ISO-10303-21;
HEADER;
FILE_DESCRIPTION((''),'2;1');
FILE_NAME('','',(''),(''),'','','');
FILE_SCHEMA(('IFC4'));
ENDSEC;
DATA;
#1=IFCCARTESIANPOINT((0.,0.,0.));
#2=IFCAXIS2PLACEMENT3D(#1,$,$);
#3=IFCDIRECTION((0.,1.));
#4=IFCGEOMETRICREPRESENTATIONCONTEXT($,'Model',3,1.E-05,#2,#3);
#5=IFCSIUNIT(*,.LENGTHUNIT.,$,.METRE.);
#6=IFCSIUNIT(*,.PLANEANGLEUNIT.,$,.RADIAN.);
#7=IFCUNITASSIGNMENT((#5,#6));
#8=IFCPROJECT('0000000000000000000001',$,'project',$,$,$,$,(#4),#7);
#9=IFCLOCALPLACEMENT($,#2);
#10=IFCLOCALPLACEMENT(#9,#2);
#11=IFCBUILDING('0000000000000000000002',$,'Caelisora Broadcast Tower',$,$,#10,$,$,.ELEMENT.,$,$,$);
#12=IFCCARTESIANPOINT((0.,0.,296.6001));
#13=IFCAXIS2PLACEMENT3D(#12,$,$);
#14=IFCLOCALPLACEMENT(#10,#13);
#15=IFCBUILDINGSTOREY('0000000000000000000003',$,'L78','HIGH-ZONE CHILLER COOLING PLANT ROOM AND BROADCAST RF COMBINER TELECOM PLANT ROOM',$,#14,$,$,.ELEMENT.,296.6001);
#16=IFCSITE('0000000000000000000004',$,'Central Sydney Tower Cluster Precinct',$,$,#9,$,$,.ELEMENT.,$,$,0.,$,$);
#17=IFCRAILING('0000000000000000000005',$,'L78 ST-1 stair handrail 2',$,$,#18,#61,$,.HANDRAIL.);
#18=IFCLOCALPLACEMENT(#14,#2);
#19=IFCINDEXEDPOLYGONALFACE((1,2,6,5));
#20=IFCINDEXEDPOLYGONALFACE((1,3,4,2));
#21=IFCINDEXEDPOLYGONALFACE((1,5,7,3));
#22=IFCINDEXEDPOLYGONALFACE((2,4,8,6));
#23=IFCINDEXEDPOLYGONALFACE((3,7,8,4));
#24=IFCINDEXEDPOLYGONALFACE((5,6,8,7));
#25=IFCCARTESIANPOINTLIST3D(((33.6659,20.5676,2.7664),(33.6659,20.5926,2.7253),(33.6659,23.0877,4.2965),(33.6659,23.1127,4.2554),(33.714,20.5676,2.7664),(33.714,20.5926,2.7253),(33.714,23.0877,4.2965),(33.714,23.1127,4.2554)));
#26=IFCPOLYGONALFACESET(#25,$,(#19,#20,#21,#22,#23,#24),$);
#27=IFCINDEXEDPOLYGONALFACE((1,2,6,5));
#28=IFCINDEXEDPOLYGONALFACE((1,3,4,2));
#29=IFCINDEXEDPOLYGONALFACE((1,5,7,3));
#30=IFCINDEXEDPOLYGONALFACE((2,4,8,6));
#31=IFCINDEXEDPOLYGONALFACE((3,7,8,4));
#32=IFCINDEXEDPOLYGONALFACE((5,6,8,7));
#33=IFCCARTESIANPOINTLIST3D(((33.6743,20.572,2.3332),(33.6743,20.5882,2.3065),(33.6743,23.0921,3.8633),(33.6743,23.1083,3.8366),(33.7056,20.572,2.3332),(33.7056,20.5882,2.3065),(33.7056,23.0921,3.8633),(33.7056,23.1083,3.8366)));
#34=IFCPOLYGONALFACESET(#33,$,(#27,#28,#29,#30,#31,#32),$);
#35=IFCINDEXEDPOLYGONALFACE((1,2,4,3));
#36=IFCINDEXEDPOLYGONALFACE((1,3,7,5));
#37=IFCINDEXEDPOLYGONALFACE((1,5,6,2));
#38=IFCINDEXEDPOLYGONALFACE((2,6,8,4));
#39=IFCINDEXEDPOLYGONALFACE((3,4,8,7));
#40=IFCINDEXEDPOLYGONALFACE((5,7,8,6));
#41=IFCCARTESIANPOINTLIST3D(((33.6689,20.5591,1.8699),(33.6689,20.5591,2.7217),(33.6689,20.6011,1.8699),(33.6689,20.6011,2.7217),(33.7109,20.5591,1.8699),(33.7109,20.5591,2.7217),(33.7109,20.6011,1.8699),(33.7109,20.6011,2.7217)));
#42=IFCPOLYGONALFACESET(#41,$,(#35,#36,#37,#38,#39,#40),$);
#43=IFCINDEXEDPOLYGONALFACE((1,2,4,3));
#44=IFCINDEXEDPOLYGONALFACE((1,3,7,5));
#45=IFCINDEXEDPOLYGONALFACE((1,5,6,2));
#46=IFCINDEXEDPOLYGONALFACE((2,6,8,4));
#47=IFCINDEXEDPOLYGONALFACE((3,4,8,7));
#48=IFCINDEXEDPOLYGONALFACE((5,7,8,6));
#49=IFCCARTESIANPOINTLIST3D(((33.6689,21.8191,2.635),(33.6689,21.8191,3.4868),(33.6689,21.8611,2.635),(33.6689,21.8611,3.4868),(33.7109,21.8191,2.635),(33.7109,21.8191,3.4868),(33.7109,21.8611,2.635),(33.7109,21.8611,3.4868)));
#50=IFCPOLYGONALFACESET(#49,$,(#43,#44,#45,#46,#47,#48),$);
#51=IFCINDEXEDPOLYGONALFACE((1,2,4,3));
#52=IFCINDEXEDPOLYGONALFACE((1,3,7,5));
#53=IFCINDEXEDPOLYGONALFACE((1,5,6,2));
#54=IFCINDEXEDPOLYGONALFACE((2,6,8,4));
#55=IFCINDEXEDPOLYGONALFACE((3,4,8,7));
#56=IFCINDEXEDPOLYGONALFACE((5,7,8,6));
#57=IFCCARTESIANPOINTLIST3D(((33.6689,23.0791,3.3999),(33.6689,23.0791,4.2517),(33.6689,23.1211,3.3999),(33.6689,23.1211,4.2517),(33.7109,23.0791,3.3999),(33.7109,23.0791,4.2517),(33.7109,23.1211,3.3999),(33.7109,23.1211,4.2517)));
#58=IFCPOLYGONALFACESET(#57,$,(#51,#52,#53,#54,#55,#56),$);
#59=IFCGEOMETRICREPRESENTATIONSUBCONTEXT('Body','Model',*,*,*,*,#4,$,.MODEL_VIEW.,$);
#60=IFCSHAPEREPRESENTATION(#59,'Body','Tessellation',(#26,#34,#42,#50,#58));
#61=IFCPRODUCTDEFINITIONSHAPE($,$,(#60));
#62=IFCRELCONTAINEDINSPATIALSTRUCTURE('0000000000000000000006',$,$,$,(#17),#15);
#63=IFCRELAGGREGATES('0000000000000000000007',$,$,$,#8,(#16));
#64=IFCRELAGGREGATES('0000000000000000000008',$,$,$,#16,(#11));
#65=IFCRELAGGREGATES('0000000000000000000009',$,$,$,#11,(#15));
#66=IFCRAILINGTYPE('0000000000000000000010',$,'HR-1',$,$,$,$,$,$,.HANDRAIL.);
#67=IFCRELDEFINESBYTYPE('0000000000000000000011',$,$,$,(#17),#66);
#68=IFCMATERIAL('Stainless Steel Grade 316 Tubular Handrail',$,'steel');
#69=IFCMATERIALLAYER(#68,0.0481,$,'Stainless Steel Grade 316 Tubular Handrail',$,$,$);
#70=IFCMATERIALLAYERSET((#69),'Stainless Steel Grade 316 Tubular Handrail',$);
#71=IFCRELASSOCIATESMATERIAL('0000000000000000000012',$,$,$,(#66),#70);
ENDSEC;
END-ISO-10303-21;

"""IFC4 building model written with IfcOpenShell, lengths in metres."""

from ifc_helpers import new_model, si_unit, direction, frame, origin, origin_2d, place, context, subcontext, project, spatial, rectangle, extrude, material, layer, layer_set, type_object, element, save


model = new_model("IFC4")

# Units and contexts
model_context = context("Model", 3, precision=1e-05, world=origin(), true_north=direction((0.0, 1.0)))
body_context = subcontext(model_context, "Body", "Model", "MODEL_VIEW")
ifc_project = project(units=[si_unit("LENGTHUNIT", "METRE"), si_unit("PLANEANGLEUNIT", "RADIAN")], contexts=[model_context])

# Site, building, storey
site_placement = place(None, origin())
site = spatial("IfcSite", under=ifc_project, at=site_placement, Name="Central Sydney Tower Cluster Precinct", CompositionType="ELEMENT", RefElevation=0.0)
building_placement = place(site_placement, origin())
building = spatial("IfcBuilding", under=site, at=building_placement, Name="Caelisora Broadcast Tower", CompositionType="ELEMENT")
storey_placement = place(building_placement, frame((0.0, 0.0, 296.6001)))
storey = spatial("IfcBuildingStorey", under=building, at=storey_placement, Name="L78", Description="HIGH-ZONE CHILLER COOLING PLANT ROOM AND BROADCAST RF COMBINER TELECOM PLANT ROOM", CompositionType="ELEMENT", Elevation=296.6001)

# Railing
ifc_material_1 = material(Name="Stainless Steel Grade 316 Tubular Handrail", Category="steel")
ifc_layer_1 = layer(ifc_material_1, 0.0481, Name="Stainless Steel Grade 316 Tubular Handrail")
ifc_layer_set_1 = layer_set([ifc_layer_1], Name="Stainless Steel Grade 316 Tubular Handrail")
railing_type_1 = type_object("IfcRailingType", Name="HR-1", PredefinedType="HANDRAIL", material=ifc_layer_set_1)
railing_1_placement = place(storey_placement, frame((33.6899, 20.5801, 1.8699)))
element("IfcRailing", 1, at=railing_1_placement, inside=storey, type_object=railing_type_1, Name="L78 ST-1 stair handrail 2", PredefinedType="HANDRAIL", context=body_context, shape_type="SweptSolid", body=[
    extrude(rectangle(XDim=0.0481, YDim=0.0481, at=origin_2d()), frame((0.0, 0.0, 0.876), z_axis=(0.0, 0.854785, 0.518982), x_axis=(-1.0, 0.0, 0.0)), (0.0, 0.0, 1.0), 2.9482),
    extrude(rectangle(XDim=0.0312, YDim=0.0312, at=origin_2d()), frame((0.0, 0.0, 0.45), z_axis=(0.0, 0.854785, 0.518982), x_axis=(-1.0, 0.0, 0.0)), (0.0, 0.0, 1.0), 2.9482),
    extrude(rectangle(XDim=0.042, YDim=0.042, at=origin_2d()), origin(), (0.0, 0.0, 1.0), 0.8518),
    extrude(rectangle(XDim=0.042, YDim=0.042, at=origin_2d()), frame((0.0, 1.26, 0.7651)), (0.0, 0.0, 1.0), 0.8518),
    extrude(rectangle(XDim=0.042, YDim=0.042, at=origin_2d()), frame((0.0, 2.52, 1.53)), (0.0, 0.0, 1.0), 0.8518),
])

save(model, "model.ifc")
